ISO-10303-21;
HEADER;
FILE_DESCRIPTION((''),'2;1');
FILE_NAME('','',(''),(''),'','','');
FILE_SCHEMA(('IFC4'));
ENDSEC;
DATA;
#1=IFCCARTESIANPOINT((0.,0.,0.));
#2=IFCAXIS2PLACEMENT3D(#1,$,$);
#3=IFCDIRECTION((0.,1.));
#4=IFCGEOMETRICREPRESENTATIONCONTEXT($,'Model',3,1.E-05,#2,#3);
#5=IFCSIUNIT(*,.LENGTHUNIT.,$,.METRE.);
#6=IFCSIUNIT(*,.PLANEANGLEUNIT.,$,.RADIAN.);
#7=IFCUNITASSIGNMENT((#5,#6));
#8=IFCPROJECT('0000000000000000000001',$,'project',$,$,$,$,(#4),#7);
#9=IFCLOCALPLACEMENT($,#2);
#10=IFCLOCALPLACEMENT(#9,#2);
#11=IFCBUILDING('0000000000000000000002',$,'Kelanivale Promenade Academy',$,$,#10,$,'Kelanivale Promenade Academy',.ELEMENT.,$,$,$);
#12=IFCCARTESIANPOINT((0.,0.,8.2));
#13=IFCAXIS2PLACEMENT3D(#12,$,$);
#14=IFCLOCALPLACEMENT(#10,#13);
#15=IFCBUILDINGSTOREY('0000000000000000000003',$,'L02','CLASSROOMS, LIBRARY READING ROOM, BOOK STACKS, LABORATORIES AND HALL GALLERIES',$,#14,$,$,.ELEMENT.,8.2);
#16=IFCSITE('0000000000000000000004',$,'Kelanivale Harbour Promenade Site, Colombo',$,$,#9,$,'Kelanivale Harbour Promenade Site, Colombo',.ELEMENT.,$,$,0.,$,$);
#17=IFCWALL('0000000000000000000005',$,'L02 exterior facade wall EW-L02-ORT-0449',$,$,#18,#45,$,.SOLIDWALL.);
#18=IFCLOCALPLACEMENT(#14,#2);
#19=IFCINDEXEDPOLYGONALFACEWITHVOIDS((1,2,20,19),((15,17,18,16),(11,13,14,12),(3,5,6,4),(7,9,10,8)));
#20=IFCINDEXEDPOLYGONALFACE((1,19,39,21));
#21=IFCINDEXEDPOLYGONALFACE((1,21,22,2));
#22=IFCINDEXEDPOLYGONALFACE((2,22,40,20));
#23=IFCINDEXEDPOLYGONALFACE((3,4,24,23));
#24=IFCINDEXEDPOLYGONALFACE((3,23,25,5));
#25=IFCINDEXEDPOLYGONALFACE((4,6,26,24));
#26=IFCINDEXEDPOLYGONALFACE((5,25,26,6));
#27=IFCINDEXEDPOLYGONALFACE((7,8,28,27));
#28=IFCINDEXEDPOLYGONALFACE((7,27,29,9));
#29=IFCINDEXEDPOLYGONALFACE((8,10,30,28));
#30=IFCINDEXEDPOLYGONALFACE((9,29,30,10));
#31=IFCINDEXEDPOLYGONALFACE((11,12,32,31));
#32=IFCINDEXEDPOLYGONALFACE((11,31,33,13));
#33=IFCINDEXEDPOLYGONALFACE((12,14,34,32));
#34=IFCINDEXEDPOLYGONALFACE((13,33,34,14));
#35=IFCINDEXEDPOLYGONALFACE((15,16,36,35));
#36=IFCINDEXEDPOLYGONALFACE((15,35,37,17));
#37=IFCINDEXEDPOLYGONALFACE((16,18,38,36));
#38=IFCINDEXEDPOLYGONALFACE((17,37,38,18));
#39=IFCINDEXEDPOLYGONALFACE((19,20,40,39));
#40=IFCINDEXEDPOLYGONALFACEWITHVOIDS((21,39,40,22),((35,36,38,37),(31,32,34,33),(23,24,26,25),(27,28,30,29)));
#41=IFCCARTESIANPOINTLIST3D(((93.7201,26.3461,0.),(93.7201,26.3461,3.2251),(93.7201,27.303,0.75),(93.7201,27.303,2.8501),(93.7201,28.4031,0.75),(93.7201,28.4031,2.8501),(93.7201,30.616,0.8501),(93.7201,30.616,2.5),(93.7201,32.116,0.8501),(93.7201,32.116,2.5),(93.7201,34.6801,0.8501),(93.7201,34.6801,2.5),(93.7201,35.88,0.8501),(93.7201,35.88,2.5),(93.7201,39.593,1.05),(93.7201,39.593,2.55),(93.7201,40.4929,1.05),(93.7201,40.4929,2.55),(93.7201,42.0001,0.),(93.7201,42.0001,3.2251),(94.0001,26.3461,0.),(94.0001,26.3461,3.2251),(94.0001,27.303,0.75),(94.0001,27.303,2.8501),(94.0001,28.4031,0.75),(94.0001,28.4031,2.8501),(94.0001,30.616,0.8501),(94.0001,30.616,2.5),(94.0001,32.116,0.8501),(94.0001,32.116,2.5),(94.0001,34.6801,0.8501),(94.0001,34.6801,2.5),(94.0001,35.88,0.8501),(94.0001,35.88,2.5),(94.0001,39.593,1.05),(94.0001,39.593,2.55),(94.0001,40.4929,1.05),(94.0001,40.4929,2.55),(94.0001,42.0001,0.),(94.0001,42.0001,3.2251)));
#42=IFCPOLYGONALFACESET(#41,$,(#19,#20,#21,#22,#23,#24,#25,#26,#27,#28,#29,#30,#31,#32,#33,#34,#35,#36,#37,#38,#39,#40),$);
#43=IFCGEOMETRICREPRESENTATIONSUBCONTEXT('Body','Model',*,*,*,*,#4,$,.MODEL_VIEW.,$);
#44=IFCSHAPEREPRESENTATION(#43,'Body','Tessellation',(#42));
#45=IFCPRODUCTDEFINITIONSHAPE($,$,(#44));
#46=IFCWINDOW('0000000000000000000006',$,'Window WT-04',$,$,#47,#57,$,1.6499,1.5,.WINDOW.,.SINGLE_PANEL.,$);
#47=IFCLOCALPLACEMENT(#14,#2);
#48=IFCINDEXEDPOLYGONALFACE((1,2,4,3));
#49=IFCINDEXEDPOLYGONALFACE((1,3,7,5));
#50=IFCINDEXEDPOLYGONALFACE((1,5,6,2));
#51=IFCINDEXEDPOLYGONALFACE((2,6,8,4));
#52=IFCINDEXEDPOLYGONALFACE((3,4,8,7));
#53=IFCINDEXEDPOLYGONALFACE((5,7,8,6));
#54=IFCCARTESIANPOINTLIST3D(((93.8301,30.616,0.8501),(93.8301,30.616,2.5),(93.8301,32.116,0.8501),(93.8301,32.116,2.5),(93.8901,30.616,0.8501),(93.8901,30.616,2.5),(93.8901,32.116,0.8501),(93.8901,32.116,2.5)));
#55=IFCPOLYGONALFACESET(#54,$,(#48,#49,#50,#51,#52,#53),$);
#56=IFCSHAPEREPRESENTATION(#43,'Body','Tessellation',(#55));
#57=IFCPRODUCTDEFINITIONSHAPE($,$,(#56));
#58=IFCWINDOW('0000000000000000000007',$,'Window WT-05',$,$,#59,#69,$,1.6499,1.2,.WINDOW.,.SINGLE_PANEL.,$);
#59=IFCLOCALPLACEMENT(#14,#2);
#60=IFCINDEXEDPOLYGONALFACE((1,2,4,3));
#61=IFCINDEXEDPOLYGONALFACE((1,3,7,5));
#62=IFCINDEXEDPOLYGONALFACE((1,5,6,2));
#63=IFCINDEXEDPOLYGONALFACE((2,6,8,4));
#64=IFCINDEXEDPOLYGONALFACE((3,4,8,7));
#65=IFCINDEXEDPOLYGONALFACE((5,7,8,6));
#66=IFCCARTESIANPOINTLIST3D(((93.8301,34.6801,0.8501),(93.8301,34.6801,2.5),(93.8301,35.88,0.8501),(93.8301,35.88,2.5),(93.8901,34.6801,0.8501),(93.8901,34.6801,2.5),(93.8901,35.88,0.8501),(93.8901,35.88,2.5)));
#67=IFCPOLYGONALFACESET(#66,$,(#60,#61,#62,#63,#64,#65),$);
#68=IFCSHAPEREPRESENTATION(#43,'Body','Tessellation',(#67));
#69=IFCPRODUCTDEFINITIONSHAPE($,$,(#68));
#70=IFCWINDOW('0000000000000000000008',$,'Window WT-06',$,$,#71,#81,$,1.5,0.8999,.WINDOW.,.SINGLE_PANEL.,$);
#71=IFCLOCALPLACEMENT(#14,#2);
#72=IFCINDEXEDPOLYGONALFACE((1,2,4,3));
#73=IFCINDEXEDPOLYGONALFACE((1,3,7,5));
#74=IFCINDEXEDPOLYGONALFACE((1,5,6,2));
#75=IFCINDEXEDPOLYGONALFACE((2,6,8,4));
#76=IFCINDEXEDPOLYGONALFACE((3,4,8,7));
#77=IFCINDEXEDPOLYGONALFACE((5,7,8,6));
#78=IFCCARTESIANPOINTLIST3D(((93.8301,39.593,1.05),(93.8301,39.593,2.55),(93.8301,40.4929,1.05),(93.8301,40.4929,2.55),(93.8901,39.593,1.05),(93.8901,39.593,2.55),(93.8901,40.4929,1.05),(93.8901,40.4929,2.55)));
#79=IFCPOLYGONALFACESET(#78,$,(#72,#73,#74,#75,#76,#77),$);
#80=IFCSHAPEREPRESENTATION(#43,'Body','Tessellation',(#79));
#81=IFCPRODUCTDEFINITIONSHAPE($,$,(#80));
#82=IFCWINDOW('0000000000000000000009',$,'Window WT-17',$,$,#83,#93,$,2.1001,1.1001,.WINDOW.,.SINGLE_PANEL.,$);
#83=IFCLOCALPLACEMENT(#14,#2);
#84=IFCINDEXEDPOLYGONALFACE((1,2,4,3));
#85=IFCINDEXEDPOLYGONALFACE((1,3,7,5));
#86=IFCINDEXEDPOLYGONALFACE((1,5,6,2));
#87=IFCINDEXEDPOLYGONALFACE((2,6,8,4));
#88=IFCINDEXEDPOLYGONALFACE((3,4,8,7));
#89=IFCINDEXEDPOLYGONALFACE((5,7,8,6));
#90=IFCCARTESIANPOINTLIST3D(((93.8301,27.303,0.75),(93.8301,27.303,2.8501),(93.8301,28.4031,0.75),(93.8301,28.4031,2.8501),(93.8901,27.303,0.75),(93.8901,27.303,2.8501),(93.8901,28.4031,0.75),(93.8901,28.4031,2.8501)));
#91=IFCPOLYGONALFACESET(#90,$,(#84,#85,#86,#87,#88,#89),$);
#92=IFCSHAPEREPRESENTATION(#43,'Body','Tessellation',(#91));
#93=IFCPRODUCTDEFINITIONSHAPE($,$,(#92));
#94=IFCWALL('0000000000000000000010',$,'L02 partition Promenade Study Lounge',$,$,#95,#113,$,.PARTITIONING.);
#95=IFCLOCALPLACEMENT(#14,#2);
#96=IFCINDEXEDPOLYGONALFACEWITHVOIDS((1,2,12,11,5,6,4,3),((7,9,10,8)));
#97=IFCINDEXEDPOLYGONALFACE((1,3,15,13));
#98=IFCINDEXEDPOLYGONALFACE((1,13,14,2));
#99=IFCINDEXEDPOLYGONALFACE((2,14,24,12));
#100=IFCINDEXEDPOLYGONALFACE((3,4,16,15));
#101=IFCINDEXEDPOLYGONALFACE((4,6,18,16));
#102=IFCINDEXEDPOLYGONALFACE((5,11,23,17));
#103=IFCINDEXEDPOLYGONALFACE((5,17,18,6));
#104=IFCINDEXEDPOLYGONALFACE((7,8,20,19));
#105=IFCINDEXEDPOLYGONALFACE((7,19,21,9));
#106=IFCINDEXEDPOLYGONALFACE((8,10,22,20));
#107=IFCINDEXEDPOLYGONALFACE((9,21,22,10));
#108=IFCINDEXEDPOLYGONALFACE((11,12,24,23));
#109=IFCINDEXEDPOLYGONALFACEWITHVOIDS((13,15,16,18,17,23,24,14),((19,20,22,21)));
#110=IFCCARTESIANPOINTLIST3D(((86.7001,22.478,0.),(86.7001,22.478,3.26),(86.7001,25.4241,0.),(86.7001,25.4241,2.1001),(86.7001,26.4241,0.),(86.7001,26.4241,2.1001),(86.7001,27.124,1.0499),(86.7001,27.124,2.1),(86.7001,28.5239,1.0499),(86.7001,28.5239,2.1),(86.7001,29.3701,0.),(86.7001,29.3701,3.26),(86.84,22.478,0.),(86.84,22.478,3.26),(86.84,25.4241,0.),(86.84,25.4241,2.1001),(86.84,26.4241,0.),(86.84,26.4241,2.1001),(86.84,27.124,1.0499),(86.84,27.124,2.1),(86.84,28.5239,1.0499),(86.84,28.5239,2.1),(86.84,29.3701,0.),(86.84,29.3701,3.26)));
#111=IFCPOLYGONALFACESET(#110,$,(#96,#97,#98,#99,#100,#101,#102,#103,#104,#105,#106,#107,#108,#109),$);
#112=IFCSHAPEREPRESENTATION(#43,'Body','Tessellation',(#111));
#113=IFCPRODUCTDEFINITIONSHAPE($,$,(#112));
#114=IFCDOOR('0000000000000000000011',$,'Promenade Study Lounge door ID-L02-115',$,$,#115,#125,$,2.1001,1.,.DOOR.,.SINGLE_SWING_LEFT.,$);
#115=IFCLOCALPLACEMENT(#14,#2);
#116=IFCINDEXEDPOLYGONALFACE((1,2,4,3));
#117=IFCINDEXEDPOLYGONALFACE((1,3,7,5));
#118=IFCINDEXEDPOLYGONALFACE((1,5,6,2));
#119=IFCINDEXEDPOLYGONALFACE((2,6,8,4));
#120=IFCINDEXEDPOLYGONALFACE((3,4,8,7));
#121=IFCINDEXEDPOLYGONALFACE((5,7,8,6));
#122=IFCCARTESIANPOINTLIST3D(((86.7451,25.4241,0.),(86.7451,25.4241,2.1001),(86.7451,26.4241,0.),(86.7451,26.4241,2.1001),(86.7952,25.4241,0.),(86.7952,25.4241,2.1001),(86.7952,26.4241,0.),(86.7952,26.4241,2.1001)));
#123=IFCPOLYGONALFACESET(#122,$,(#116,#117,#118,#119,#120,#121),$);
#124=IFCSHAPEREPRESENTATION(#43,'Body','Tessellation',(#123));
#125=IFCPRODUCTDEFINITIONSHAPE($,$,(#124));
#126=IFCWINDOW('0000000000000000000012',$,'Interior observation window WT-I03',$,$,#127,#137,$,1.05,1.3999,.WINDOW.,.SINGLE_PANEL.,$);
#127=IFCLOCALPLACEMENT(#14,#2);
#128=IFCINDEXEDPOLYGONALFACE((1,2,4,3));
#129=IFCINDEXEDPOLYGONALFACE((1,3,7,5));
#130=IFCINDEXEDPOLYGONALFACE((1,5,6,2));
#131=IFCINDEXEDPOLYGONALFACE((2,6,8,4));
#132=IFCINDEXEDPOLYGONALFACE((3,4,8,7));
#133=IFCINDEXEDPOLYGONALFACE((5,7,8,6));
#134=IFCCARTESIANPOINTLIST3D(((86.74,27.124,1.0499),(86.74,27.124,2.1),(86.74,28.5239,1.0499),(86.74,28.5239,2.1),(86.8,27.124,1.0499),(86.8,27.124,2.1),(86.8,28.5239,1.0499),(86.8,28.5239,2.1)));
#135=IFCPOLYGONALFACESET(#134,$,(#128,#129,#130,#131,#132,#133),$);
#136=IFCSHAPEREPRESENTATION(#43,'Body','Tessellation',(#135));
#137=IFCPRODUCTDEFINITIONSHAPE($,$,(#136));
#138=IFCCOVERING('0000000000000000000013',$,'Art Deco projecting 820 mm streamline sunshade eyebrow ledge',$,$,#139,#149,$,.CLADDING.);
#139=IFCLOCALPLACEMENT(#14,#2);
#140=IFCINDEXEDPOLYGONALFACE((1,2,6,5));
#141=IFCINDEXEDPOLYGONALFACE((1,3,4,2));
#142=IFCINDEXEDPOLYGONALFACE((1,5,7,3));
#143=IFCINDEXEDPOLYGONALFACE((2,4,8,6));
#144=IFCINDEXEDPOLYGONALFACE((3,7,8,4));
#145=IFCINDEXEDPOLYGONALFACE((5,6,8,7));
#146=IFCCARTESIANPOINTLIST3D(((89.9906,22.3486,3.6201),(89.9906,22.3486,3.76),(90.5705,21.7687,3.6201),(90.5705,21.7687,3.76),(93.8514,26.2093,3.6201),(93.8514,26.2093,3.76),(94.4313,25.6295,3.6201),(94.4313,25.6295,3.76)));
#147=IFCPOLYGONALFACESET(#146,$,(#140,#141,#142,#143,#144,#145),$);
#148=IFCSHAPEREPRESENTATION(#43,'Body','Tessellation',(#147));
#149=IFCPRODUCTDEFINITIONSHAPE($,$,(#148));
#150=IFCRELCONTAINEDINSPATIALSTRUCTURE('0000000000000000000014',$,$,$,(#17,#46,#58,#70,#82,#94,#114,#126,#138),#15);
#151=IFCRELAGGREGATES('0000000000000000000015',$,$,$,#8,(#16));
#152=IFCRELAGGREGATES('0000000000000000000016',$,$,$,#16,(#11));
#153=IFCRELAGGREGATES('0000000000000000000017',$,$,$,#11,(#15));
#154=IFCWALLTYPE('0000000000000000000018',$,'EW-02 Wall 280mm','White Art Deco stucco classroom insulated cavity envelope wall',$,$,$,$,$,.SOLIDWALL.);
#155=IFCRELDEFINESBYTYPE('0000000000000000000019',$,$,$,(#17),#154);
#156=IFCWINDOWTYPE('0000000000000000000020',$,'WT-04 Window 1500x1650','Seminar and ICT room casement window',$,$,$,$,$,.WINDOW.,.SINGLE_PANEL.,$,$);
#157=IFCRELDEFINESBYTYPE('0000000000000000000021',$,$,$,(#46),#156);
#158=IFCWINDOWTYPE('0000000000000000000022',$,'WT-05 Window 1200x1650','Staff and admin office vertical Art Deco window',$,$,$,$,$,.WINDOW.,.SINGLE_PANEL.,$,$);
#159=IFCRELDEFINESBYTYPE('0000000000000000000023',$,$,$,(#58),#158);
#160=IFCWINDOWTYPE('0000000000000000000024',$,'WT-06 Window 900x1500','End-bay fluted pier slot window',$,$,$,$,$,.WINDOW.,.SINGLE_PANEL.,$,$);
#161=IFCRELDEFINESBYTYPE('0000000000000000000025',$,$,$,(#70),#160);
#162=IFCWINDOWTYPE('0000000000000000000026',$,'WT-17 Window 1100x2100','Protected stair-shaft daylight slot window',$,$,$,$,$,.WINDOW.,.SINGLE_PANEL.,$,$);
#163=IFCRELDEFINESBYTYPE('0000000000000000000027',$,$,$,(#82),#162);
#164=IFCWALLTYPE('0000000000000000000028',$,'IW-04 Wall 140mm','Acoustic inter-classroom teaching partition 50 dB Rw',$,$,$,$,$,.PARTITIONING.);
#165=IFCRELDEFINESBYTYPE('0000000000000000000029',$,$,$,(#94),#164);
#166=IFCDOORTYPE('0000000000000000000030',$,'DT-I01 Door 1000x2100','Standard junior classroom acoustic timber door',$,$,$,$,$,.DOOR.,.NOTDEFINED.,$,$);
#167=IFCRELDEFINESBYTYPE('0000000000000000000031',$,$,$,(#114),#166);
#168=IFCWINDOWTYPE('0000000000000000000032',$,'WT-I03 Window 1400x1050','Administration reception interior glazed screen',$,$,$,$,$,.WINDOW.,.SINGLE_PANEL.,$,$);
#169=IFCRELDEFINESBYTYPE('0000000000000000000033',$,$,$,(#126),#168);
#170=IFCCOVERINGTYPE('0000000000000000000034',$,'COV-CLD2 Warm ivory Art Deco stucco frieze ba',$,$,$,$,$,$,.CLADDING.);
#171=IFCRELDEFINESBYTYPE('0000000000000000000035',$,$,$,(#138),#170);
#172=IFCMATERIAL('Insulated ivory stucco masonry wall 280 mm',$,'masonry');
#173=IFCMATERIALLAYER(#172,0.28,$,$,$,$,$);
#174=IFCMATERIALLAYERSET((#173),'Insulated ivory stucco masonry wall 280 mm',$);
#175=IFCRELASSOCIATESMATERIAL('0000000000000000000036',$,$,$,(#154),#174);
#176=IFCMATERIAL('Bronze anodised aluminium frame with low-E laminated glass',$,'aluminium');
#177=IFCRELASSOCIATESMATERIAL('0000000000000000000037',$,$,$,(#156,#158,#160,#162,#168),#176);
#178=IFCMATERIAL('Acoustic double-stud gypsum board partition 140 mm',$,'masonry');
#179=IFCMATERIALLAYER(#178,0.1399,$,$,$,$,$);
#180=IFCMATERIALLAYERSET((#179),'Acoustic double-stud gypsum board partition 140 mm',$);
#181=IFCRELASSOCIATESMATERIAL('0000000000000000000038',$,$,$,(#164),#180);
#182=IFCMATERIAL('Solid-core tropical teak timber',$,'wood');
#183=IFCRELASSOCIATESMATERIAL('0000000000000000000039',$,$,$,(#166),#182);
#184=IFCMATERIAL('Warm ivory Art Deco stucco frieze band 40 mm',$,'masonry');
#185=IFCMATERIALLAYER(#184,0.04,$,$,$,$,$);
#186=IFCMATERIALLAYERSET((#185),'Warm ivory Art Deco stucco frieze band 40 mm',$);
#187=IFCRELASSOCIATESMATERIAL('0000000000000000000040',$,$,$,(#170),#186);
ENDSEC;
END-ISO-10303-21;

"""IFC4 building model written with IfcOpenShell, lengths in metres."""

from ifc_helpers import new_model, si_unit, direction, frame, frame_2d, origin, origin_2d, place, context, subcontext, project, spatial, rectangle, extrude, material, layer, layer_set, type_object, element, fill, save


model = new_model("IFC4")

# Units and contexts
model_context = context("Model", 3, precision=1e-05, world=origin(), true_north=direction((0.0, 1.0)))
body_context = subcontext(model_context, "Body", "Model", "MODEL_VIEW")
ifc_project = project(units=[si_unit("LENGTHUNIT", "METRE"), si_unit("PLANEANGLEUNIT", "RADIAN")], contexts=[model_context])

# Site, building, storey
site_placement = place(None, origin())
site = spatial("IfcSite", under=ifc_project, at=site_placement, Name="Kelanivale Harbour Promenade Site, Colombo", LongName="Kelanivale Harbour Promenade Site, Colombo", CompositionType="ELEMENT", RefElevation=0.0)
building_placement = place(site_placement, origin())
building = spatial("IfcBuilding", under=site, at=building_placement, Name="Kelanivale Promenade Academy", LongName="Kelanivale Promenade Academy", CompositionType="ELEMENT")
storey_placement = place(building_placement, frame((0.0, 0.0, 8.2)))
storey = spatial("IfcBuildingStorey", under=building, at=storey_placement, Name="L02", Description="CLASSROOMS, LIBRARY READING ROOM, BOOK STACKS, LABORATORIES AND HALL GALLERIES", CompositionType="ELEMENT", Elevation=8.2)

# Shared definitions
ifc_material_1 = material(Name="Insulated ivory stucco masonry wall 280 mm", Category="masonry")
ifc_layer_1 = layer(ifc_material_1, 0.28)
ifc_layer_set_1 = layer_set([ifc_layer_1], Name="Insulated ivory stucco masonry wall 280 mm")
wall_type_1 = type_object("IfcWallType", Name="EW-02 Wall 280mm", Description="White Art Deco stucco classroom insulated cavity envelope wall", PredefinedType="SOLIDWALL", material=ifc_layer_set_1)
ifc_material_2 = material(Name="Bronze anodised aluminium frame with low-E laminated glass", Category="aluminium")

# Wall, openings, windows
wall_1_placement = place(storey_placement, frame((93.8601, 26.3459, 0.0), z_axis=(0.0, 0.0, 1.0), x_axis=(0.0, 1.0, 0.0)))
wall_1 = element("IfcWall", 1, at=wall_1_placement, inside=storey, type_object=wall_type_1, Name="L02 exterior facade wall EW-L02-ORT-0449", PredefinedType="SOLIDWALL", context=body_context, shape_type="SweptSolid", body=[
    extrude(rectangle(XDim=15.6541, YDim=0.28, at=frame_2d((7.8271, 0.0))), origin(), (0.0, 0.0, 1.0), 3.2251),
])
opening_1_placement = place(wall_1_placement, frame((0.957, 0.0, 0.75)))
opening_1 = element("IfcOpeningElement", 2, at=opening_1_placement, cuts=wall_1, PredefinedType="OPENING", context=body_context, shape_type="SweptSolid", body=[
    extrude(rectangle(XDim=1.1001, YDim=2.1001, at=frame_2d((0.55, 1.05))), frame((0.0, 0.1499, 0.0), z_axis=(0.0, -1.0, 0.0), x_axis=(1.0, 0.0, 0.0)), (0.0, 0.0, 1.0), 0.3),
])
opening_2_placement = place(wall_1_placement, frame((4.27, 0.0, 0.8501)))
opening_2 = element("IfcOpeningElement", 3, at=opening_2_placement, cuts=wall_1, PredefinedType="OPENING", context=body_context, shape_type="SweptSolid", body=[
    extrude(rectangle(XDim=1.5, YDim=1.6499, at=frame_2d((0.75, 0.825))), frame((0.0, 0.1499, 0.0), z_axis=(0.0, -1.0, 0.0), x_axis=(1.0, 0.0, 0.0)), (0.0, 0.0, 1.0), 0.3),
])
opening_3_placement = place(wall_1_placement, frame((8.334, 0.0, 0.8501)))
opening_3 = element("IfcOpeningElement", 4, at=opening_3_placement, cuts=wall_1, PredefinedType="OPENING", context=body_context, shape_type="SweptSolid", body=[
    extrude(rectangle(XDim=1.2, YDim=1.6499, at=frame_2d((0.6001, 0.825))), frame((0.0, 0.1499, 0.0), z_axis=(0.0, -1.0, 0.0), x_axis=(1.0, 0.0, 0.0)), (0.0, 0.0, 1.0), 0.3),
])
opening_4_placement = place(wall_1_placement, frame((13.2471, 0.0, 1.05)))
opening_4 = element("IfcOpeningElement", 5, at=opening_4_placement, cuts=wall_1, PredefinedType="OPENING", context=body_context, shape_type="SweptSolid", body=[
    extrude(rectangle(XDim=0.8999, YDim=1.5, at=frame_2d((0.45, 0.75))), frame((0.0, 0.1499, 0.0), z_axis=(0.0, -1.0, 0.0), x_axis=(1.0, 0.0, 0.0)), (0.0, 0.0, 1.0), 0.3),
])
window_type_1 = type_object("IfcWindowType", Name="WT-04 Window 1500x1650", Description="Seminar and ICT room casement window", PartitioningType="SINGLE_PANEL", PredefinedType="WINDOW", material=ifc_material_2)
window_1_placement = place(opening_2_placement, origin())
window_1 = element("IfcWindow", 6, at=window_1_placement, inside=storey, type_object=window_type_1, Name="Window WT-04", OverallHeight=1.6499, OverallWidth=1.5, PartitioningType="SINGLE_PANEL", PredefinedType="WINDOW", context=body_context, shape_type="SweptSolid", body=[
    extrude(rectangle(XDim=1.5, YDim=1.6499, at=frame_2d((0.75, 0.825))), frame((0.0, 0.03, 0.0), z_axis=(0.0, -1.0, 0.0), x_axis=(1.0, 0.0, 0.0)), (0.0, 0.0, 1.0), 0.0601),
])
fill(opening_2, window_1)
window_type_2 = type_object("IfcWindowType", Name="WT-05 Window 1200x1650", Description="Staff and admin office vertical Art Deco window", PartitioningType="SINGLE_PANEL", PredefinedType="WINDOW", material=ifc_material_2)
window_2_placement = place(opening_3_placement, origin())
window_2 = element("IfcWindow", 7, at=window_2_placement, inside=storey, type_object=window_type_2, Name="Window WT-05", OverallHeight=1.6499, OverallWidth=1.2, PartitioningType="SINGLE_PANEL", PredefinedType="WINDOW", context=body_context, shape_type="SweptSolid", body=[
    extrude(rectangle(XDim=1.2, YDim=1.6499, at=frame_2d((0.6001, 0.825))), frame((0.0, 0.03, 0.0), z_axis=(0.0, -1.0, 0.0), x_axis=(1.0, 0.0, 0.0)), (0.0, 0.0, 1.0), 0.0601),
])
fill(opening_3, window_2)
window_type_3 = type_object("IfcWindowType", Name="WT-06 Window 900x1500", Description="End-bay fluted pier slot window", PartitioningType="SINGLE_PANEL", PredefinedType="WINDOW", material=ifc_material_2)
window_3_placement = place(opening_4_placement, origin())
window_3 = element("IfcWindow", 8, at=window_3_placement, inside=storey, type_object=window_type_3, Name="Window WT-06", OverallHeight=1.5, OverallWidth=0.8999, PartitioningType="SINGLE_PANEL", PredefinedType="WINDOW", context=body_context, shape_type="SweptSolid", body=[
    extrude(rectangle(XDim=0.8999, YDim=1.5, at=frame_2d((0.45, 0.75))), frame((0.0, 0.03, 0.0), z_axis=(0.0, -1.0, 0.0), x_axis=(1.0, 0.0, 0.0)), (0.0, 0.0, 1.0), 0.0601),
])
fill(opening_4, window_3)
window_type_4 = type_object("IfcWindowType", Name="WT-17 Window 1100x2100", Description="Protected stair-shaft daylight slot window", PartitioningType="SINGLE_PANEL", PredefinedType="WINDOW", material=ifc_material_2)
window_4_placement = place(opening_1_placement, origin())
window_4 = element("IfcWindow", 9, at=window_4_placement, inside=storey, type_object=window_type_4, Name="Window WT-17", OverallHeight=2.1001, OverallWidth=1.1001, PartitioningType="SINGLE_PANEL", PredefinedType="WINDOW", context=body_context, shape_type="SweptSolid", body=[
    extrude(rectangle(XDim=1.1001, YDim=2.1001, at=frame_2d((0.55, 1.05))), frame((0.0, 0.03, 0.0), z_axis=(0.0, -1.0, 0.0), x_axis=(1.0, 0.0, 0.0)), (0.0, 0.0, 1.0), 0.0601),
])
fill(opening_1, window_4)

# Wall, openings, door, window
ifc_material_3 = material(Name="Acoustic double-stud gypsum board partition 140 mm", Category="masonry")
ifc_layer_2 = layer(ifc_material_3, 0.1399)
ifc_layer_set_2 = layer_set([ifc_layer_2], Name="Acoustic double-stud gypsum board partition 140 mm")
wall_type_2 = type_object("IfcWallType", Name="IW-04 Wall 140mm", Description="Acoustic inter-classroom teaching partition 50 dB Rw", PredefinedType="PARTITIONING", material=ifc_layer_set_2)
wall_2_placement = place(storey_placement, frame((86.77, 22.478, 0.0), z_axis=(0.0, 0.0, 1.0), x_axis=(0.0, 1.0, 0.0)))
wall_2 = element("IfcWall", 10, at=wall_2_placement, inside=storey, type_object=wall_type_2, Name="L02 partition Promenade Study Lounge", PredefinedType="PARTITIONING", context=body_context, shape_type="SweptSolid", body=[
    extrude(rectangle(XDim=6.8921, YDim=0.1399, at=frame_2d((3.446, 0.0))), origin(), (0.0, 0.0, 1.0), 3.26),
])
opening_5_placement = place(wall_2_placement, frame((2.946, 0.0, 0.0)))
opening_5 = element("IfcOpeningElement", 11, at=opening_5_placement, cuts=wall_2, PredefinedType="OPENING", context=body_context, shape_type="SweptSolid", body=[
    extrude(rectangle(XDim=1.0, YDim=2.1001, at=frame_2d((0.5, 1.05))), frame((0.0, 0.0801, 0.0), z_axis=(0.0, -1.0, 0.0), x_axis=(1.0, 0.0, 0.0)), (0.0, 0.0, 1.0), 0.1599),
])
opening_6_placement = place(wall_2_placement, frame((4.646, 0.0, 1.05)))
opening_6 = element("IfcOpeningElement", 12, at=opening_6_placement, cuts=wall_2, PredefinedType="OPENING", context=body_context, shape_type="SweptSolid", body=[
    extrude(rectangle(XDim=1.3999, YDim=1.05, at=frame_2d((0.7, 0.5249))), frame((0.0, 0.0801, 0.0), z_axis=(0.0, -1.0, 0.0), x_axis=(1.0, 0.0, 0.0)), (0.0, 0.0, 1.0), 0.1599),
])
ifc_material_4 = material(Name="Solid-core tropical teak timber", Category="wood")
door_type = type_object("IfcDoorType", Name="DT-I01 Door 1000x2100", Description="Standard junior classroom acoustic timber door", OperationType="NOTDEFINED", PredefinedType="DOOR", material=ifc_material_4)
door_placement = place(opening_5_placement, origin())
door = element("IfcDoor", 13, at=door_placement, inside=storey, type_object=door_type, Name="Promenade Study Lounge door ID-L02-115", OperationType="SINGLE_SWING_LEFT", OverallHeight=2.1001, OverallWidth=1.0, PredefinedType="DOOR", context=body_context, shape_type="SweptSolid", body=[
    extrude(rectangle(XDim=1.0, YDim=2.1001, at=frame_2d((0.5, 1.05))), frame((0.0, 0.0249, 0.0), z_axis=(0.0, -1.0, 0.0), x_axis=(1.0, 0.0, 0.0)), (0.0, 0.0, 1.0), 0.05),
])
fill(opening_5, door)
window_type_5 = type_object("IfcWindowType", Name="WT-I03 Window 1400x1050", Description="Administration reception interior glazed screen", PartitioningType="SINGLE_PANEL", PredefinedType="WINDOW", material=ifc_material_2)
window_5_placement = place(opening_6_placement, origin())
window_5 = element("IfcWindow", 14, at=window_5_placement, inside=storey, type_object=window_type_5, Name="Interior observation window WT-I03", OverallHeight=1.05, OverallWidth=1.3999, PartitioningType="SINGLE_PANEL", PredefinedType="WINDOW", context=body_context, shape_type="SweptSolid", body=[
    extrude(rectangle(XDim=1.3999, YDim=1.05, at=frame_2d((0.7, 0.5249))), frame((0.0, 0.03, 0.0), z_axis=(0.0, -1.0, 0.0), x_axis=(1.0, 0.0, 0.0)), (0.0, 0.0, 1.0), 0.0601),
])
fill(opening_6, window_5)

# Covering
ifc_material_5 = material(Name="Warm ivory Art Deco stucco frieze band 40 mm", Category="masonry")
ifc_layer_3 = layer(ifc_material_5, 0.04)
ifc_layer_set_3 = layer_set([ifc_layer_3], Name="Warm ivory Art Deco stucco frieze band 40 mm")
covering_type = type_object("IfcCoveringType", Name="COV-CLD2 Warm ivory Art Deco stucco frieze ba", PredefinedType="CLADDING", material=ifc_layer_set_3)
covering_1_placement = place(storey_placement, frame((92.2109, 23.989, 3.6201), z_axis=(0.0, 0.0, 1.0), x_axis=(0.707107, 0.707107, 0.0)))
element("IfcCovering", 15, at=covering_1_placement, inside=storey, type_object=covering_type, Name="Art Deco projecting 820 mm streamline sunshade eyebrow ledge", PredefinedType="CLADDING", context=body_context, shape_type="SweptSolid", body=[
    extrude(rectangle(XDim=5.46, YDim=0.8201, at=origin_2d()), origin(), (0.0, 0.0, 1.0), 0.1399),
])

save(model, "model.ifc")
